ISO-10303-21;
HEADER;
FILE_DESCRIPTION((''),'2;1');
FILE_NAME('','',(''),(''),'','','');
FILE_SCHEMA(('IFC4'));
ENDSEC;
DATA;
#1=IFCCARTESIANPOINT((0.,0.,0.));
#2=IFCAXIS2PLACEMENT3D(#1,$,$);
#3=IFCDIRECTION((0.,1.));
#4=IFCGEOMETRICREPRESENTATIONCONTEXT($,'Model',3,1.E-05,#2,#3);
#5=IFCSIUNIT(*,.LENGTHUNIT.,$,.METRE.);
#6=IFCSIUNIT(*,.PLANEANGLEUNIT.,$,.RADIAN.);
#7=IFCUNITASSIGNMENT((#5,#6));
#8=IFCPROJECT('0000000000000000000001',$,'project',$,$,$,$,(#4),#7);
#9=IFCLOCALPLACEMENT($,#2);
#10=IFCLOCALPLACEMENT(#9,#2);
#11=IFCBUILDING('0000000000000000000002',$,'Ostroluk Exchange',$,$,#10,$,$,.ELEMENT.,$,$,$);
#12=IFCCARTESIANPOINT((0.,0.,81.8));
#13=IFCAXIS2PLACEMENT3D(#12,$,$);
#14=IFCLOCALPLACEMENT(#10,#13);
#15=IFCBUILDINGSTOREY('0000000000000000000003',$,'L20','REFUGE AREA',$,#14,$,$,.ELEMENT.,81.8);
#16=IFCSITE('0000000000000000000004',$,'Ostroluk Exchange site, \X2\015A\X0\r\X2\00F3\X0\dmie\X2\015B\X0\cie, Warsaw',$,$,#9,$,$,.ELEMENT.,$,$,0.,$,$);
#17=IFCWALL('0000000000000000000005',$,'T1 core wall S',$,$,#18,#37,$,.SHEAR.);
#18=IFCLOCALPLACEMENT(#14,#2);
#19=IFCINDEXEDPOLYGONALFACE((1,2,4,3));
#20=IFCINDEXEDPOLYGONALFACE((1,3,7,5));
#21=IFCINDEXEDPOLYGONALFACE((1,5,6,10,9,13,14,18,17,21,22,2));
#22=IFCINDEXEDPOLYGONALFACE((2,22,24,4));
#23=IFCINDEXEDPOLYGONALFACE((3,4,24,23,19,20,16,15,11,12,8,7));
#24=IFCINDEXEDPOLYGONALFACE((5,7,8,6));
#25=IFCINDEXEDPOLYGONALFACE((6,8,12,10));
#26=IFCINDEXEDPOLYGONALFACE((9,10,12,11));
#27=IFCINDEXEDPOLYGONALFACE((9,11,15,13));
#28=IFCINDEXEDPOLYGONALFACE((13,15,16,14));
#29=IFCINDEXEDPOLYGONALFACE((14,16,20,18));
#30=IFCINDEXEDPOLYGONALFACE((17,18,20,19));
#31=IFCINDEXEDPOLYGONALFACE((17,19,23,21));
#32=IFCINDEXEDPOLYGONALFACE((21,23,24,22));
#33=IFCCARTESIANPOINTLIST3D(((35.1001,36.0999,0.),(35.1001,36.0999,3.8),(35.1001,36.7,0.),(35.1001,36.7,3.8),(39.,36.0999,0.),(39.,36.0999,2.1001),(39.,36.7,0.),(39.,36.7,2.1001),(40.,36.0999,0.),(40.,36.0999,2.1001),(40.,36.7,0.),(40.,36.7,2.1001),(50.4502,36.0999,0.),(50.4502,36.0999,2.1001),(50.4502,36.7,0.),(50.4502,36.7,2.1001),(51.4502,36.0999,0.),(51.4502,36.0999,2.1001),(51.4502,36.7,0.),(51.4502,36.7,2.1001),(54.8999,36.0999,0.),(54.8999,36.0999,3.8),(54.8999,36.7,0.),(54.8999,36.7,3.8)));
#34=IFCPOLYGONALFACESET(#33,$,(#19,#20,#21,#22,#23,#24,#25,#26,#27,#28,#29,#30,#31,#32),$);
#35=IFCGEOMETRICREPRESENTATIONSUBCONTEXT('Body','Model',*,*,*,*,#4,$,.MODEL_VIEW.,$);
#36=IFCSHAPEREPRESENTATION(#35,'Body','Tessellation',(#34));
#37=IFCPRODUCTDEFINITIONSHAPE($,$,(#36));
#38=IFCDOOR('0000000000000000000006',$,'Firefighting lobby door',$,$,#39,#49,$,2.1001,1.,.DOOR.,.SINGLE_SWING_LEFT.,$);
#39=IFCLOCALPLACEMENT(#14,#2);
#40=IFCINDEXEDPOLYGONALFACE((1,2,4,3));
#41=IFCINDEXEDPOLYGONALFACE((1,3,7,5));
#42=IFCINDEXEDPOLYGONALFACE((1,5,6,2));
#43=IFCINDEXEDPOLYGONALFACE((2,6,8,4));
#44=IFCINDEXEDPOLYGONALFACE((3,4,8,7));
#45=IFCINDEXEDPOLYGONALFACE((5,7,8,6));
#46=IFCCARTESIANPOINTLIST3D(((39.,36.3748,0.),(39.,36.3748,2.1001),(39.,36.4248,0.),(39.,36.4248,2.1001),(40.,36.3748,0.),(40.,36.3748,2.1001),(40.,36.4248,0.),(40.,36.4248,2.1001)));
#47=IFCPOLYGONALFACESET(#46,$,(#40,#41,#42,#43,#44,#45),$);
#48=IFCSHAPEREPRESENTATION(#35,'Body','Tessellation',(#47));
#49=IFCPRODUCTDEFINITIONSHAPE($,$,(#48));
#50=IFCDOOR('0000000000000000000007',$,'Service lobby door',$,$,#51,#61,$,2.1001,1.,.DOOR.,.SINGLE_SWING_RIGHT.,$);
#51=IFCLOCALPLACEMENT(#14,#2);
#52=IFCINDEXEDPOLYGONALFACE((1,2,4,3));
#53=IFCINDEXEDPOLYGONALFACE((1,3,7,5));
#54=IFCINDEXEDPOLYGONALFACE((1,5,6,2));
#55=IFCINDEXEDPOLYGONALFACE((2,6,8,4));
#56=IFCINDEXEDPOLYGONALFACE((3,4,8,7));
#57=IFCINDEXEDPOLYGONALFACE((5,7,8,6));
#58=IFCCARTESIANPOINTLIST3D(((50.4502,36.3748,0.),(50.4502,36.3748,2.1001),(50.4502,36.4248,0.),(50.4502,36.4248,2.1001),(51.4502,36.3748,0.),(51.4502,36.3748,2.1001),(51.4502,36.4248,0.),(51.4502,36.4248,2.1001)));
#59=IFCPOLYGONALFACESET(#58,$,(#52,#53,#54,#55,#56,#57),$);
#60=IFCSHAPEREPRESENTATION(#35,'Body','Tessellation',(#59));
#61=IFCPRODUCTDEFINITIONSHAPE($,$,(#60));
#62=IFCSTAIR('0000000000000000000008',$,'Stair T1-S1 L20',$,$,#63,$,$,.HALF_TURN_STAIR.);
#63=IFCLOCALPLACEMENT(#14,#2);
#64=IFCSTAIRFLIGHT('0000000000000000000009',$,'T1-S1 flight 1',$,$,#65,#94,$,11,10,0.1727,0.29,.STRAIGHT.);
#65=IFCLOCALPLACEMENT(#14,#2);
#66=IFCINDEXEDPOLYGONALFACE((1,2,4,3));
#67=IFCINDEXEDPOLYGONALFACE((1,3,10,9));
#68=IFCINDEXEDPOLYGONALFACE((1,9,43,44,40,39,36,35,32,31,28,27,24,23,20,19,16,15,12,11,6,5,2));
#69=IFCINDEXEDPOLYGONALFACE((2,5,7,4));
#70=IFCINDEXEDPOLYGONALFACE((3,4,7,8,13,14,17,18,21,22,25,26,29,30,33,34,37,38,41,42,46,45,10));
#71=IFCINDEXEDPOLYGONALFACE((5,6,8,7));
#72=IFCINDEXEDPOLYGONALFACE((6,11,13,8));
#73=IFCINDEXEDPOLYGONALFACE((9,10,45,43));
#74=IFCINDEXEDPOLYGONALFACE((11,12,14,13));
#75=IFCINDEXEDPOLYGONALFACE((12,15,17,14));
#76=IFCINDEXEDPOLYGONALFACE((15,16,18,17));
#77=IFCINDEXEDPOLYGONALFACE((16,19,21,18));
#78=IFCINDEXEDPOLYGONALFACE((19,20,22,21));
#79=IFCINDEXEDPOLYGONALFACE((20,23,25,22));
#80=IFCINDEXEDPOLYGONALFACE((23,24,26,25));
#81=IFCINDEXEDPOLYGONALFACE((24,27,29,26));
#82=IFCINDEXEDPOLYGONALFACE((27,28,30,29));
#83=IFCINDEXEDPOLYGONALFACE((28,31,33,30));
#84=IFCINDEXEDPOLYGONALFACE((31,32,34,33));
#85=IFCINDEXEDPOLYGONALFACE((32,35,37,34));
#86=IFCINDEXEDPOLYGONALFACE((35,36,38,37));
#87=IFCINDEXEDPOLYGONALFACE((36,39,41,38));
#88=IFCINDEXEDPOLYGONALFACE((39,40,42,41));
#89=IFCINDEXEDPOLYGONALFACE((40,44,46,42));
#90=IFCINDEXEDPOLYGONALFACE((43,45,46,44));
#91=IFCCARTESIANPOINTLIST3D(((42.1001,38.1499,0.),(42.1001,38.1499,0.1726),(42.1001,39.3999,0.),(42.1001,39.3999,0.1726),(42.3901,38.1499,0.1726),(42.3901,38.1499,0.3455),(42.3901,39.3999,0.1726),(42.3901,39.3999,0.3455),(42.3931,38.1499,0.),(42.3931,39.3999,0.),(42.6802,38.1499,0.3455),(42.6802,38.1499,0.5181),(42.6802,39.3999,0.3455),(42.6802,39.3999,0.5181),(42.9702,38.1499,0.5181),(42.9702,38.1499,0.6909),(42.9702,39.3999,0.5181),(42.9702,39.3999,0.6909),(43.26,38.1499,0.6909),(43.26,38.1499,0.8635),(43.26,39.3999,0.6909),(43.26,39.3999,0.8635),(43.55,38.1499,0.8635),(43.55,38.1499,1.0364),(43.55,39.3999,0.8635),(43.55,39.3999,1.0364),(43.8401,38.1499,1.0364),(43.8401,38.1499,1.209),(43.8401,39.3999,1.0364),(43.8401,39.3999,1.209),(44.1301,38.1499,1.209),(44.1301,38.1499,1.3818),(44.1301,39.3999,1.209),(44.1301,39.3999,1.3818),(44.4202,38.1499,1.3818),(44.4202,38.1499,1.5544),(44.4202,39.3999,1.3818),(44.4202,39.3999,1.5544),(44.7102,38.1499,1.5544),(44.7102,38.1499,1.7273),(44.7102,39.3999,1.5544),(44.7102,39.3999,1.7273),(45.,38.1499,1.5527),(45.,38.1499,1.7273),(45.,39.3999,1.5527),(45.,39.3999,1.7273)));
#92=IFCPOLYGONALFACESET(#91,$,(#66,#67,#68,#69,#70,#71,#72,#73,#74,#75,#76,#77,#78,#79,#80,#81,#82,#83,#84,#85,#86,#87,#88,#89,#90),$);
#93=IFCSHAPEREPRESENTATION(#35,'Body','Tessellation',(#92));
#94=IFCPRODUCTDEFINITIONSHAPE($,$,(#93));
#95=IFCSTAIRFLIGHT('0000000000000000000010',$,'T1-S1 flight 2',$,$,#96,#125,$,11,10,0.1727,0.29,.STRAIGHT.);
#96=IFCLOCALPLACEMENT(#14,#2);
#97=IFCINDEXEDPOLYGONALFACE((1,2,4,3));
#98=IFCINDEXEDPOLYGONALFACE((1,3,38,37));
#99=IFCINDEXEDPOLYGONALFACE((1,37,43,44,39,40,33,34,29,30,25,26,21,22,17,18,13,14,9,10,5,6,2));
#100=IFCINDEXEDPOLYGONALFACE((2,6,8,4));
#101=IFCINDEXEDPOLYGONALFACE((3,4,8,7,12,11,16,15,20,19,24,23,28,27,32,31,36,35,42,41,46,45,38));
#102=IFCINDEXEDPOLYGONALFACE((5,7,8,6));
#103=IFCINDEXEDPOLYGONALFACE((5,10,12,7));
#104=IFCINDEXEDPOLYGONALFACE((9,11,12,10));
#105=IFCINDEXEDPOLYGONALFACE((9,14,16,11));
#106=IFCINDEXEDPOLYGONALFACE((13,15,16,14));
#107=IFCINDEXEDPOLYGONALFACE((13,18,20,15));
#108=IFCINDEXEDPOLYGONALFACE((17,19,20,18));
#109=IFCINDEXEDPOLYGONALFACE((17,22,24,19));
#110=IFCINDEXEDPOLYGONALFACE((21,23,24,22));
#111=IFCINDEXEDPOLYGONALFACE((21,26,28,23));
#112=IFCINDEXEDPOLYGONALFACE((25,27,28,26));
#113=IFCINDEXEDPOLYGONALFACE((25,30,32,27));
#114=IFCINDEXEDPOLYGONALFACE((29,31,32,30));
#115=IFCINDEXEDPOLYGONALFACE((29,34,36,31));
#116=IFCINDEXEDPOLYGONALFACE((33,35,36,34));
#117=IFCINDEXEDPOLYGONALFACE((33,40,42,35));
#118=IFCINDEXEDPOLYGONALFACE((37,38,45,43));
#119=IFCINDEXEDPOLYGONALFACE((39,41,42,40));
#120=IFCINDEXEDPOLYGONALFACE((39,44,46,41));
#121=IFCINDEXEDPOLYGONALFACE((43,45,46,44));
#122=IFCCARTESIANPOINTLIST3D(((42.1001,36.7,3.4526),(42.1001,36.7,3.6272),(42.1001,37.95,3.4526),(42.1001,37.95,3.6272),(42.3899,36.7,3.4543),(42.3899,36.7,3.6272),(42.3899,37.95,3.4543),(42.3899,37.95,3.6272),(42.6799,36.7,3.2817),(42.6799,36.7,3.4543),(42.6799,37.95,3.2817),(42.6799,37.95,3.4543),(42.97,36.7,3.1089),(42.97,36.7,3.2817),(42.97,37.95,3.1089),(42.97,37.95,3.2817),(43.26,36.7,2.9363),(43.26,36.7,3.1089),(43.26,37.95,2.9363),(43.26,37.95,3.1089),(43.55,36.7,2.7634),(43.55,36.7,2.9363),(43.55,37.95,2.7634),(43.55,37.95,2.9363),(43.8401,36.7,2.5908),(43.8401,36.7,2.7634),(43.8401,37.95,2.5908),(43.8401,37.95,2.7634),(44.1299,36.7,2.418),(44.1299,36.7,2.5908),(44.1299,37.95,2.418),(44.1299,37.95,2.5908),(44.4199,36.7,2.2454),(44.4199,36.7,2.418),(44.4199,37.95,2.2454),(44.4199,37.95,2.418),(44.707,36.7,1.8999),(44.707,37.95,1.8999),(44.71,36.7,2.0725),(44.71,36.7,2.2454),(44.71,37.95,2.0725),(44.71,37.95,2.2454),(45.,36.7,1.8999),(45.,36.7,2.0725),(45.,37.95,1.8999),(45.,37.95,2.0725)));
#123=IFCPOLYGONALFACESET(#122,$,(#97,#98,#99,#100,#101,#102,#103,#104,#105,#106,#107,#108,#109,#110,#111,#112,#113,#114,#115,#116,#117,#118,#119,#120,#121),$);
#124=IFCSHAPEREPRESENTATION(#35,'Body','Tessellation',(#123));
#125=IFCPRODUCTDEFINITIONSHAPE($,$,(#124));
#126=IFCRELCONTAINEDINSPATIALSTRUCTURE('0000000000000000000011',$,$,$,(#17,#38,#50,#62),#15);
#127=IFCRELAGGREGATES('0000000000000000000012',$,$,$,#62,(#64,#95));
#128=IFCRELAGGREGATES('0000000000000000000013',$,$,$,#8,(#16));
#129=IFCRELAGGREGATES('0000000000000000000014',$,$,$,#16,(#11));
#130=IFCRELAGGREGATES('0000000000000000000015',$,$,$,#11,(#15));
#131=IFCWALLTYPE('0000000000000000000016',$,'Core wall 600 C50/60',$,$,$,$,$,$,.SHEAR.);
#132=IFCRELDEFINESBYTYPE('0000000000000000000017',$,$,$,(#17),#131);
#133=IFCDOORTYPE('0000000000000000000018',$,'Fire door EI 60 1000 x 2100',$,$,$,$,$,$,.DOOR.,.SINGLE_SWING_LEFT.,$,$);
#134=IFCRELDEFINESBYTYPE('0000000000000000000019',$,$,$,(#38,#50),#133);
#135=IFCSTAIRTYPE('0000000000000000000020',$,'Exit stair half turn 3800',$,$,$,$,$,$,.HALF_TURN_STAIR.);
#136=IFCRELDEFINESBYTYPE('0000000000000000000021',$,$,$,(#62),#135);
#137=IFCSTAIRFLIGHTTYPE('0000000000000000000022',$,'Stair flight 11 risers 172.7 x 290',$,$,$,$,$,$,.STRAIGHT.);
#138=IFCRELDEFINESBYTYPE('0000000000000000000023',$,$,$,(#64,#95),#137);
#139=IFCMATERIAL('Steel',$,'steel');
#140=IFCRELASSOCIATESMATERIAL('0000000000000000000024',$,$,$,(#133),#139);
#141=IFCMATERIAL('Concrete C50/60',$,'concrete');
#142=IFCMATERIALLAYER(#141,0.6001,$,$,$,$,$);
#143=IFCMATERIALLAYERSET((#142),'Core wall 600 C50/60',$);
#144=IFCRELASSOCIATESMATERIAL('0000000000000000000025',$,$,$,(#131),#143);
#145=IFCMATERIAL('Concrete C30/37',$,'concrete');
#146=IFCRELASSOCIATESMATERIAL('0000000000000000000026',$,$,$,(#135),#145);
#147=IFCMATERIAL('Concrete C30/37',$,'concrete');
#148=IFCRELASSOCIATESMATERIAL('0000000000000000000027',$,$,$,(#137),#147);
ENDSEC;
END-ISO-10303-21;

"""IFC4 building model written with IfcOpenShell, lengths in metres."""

from ifc_helpers import new_model, si_unit, direction, frame, frame_2d, origin, place, context, subcontext, project, spatial, polyline, rectangle, outline, extrude, material, layer, layer_set, type_object, element, fill, aggregate, save


model = new_model("IFC4")

# Units and contexts
model_context = context("Model", 3, precision=1e-05, world=origin(), true_north=direction((0.0, 1.0)))
body_context = subcontext(model_context, "Body", "Model", "MODEL_VIEW")
ifc_project = project(units=[si_unit("LENGTHUNIT", "METRE"), si_unit("PLANEANGLEUNIT", "RADIAN")], contexts=[model_context])

# Site, building, storey
site_placement = place(None, origin())
site = spatial("IfcSite", under=ifc_project, at=site_placement, Name="Ostroluk Exchange site, Śródmieście, Warsaw", CompositionType="ELEMENT", RefElevation=0.0)
building_placement = place(site_placement, origin())
building = spatial("IfcBuilding", under=site, at=building_placement, Name="Ostroluk Exchange", CompositionType="ELEMENT")
storey_placement = place(building_placement, frame((0.0, 0.0, 81.8)))
storey = spatial("IfcBuildingStorey", under=building, at=storey_placement, Name="L20", Description="REFUGE AREA", CompositionType="ELEMENT", Elevation=81.8)

# Shared definitions
ifc_material_1 = material(Name="Steel", Category="steel")
door_type_1 = type_object("IfcDoorType", Name="Fire door EI 60 1000 x 2100", OperationType="SINGLE_SWING_LEFT", PredefinedType="DOOR", material=ifc_material_1)

# Wall, openings, doors
ifc_material_2 = material(Name="Concrete C50/60", Category="concrete")
ifc_layer_1 = layer(ifc_material_2, 0.6001)
ifc_layer_set_1 = layer_set([ifc_layer_1], Name="Core wall 600 C50/60")
wall_type_1 = type_object("IfcWallType", Name="Core wall 600 C50/60", PredefinedType="SHEAR", material=ifc_layer_set_1)
wall_1_placement = place(storey_placement, frame((35.1001, 36.3999, 0.0), z_axis=(0.0, 0.0, 1.0), x_axis=(1.0, 0.0, 0.0)))
wall_1 = element("IfcWall", 1, at=wall_1_placement, inside=storey, type_object=wall_type_1, Name="T1 core wall S", PredefinedType="SHEAR", context=body_context, shape_type="SweptSolid", body=[
    extrude(rectangle(XDim=19.7998, YDim=0.6001, at=frame_2d((9.8999, 0.0))), origin(), (0.0, 0.0, 1.0), 3.8),
])
opening_1_placement = place(wall_1_placement, frame((3.8999, 0.0, 0.0)))
opening_1 = element("IfcOpeningElement", 2, at=opening_1_placement, cuts=wall_1, PredefinedType="OPENING", context=body_context, shape_type="SweptSolid", body=[
    extrude(rectangle(XDim=1.0, YDim=2.1001, at=frame_2d((0.5, 1.05))), frame((0.0, 0.3101, 0.0), z_axis=(0.0, -1.0, 0.0), x_axis=(1.0, 0.0, 0.0)), (0.0, 0.0, 1.0), 0.6201),
])
opening_2_placement = place(wall_1_placement, frame((15.3501, 0.0, 0.0)))
opening_2 = element("IfcOpeningElement", 3, at=opening_2_placement, cuts=wall_1, PredefinedType="OPENING", context=body_context, shape_type="SweptSolid", body=[
    extrude(rectangle(XDim=1.0, YDim=2.1001, at=frame_2d((0.5, 1.05))), frame((0.0, 0.3101, 0.0), z_axis=(0.0, -1.0, 0.0), x_axis=(1.0, 0.0, 0.0)), (0.0, 0.0, 1.0), 0.6201),
])
door_1_placement = place(opening_1_placement, origin())
door_1 = element("IfcDoor", 4, at=door_1_placement, inside=storey, type_object=door_type_1, Name="Firefighting lobby door", OperationType="SINGLE_SWING_LEFT", OverallHeight=2.1001, OverallWidth=1.0, PredefinedType="DOOR", context=body_context, shape_type="SweptSolid", body=[
    extrude(rectangle(XDim=1.0, YDim=2.1001, at=frame_2d((0.5, 1.05))), frame((0.0, 0.0249, 0.0), z_axis=(0.0, -1.0, 0.0), x_axis=(1.0, 0.0, 0.0)), (0.0, 0.0, 1.0), 0.05),
])
fill(opening_1, door_1)
door_2_placement = place(opening_2_placement, origin())
door_2 = element("IfcDoor", 5, at=door_2_placement, inside=storey, type_object=door_type_1, Name="Service lobby door", OperationType="SINGLE_SWING_RIGHT", OverallHeight=2.1001, OverallWidth=1.0, PredefinedType="DOOR", context=body_context, shape_type="SweptSolid", body=[
    extrude(rectangle(XDim=1.0, YDim=2.1001, at=frame_2d((0.5, 1.05))), frame((0.0, 0.0249, 0.0), z_axis=(0.0, -1.0, 0.0), x_axis=(1.0, 0.0, 0.0)), (0.0, 0.0, 1.0), 0.05),
])
fill(opening_2, door_2)

# Stair, stair flights
ifc_material_3 = material(Name="Concrete C30/37", Category="concrete")
stair_type = type_object("IfcStairType", Name="Exit stair half turn 3800", PredefinedType="HALF_TURN_STAIR", material=ifc_material_3)
stair_placement = place(storey_placement, origin())
stair = element("IfcStair", 6, at=stair_placement, inside=storey, type_object=stair_type, Name="Stair T1-S1 L20", PredefinedType="HALF_TURN_STAIR")
ifc_material_4 = material(Name="Concrete C30/37", Category="concrete")
stair_flight_type = type_object("IfcStairFlightType", Name="Stair flight 11 risers 172.7 x 290", PredefinedType="STRAIGHT", material=ifc_material_4)
stair_flight_1_placement = place(storey_placement, frame((42.1001, 38.7749, 0.0), z_axis=(0.0, 0.0, 1.0), x_axis=(1.0, 0.0, 0.0)))
stair_flight_1 = element("IfcStairFlight", 7, at=stair_flight_1_placement, type_object=stair_flight_type, Name="T1-S1 flight 1", NumberOfRisers=11, NumberOfTreads=10, PredefinedType="STRAIGHT", RiserHeight=0.1727, TreadLength=0.29, context=body_context, shape_type="SweptSolid", body=[
    extrude(outline(polyline([(0.0, 0.0), (0.0, 0.1726), (0.29, 0.1726), (0.29, 0.3455), (0.5801, 0.3455), (0.5801, 0.5181), (0.8701, 0.5181), (0.8701, 0.6909), (1.1599, 0.6909), (1.1599, 0.8635), (1.45, 0.8635), (1.45, 1.0364), (1.74, 1.0364), (1.74, 1.209), (2.03, 1.209), (2.03, 1.3818), (2.3201, 1.3818), (2.3201, 1.5544), (2.6101, 1.5544), (2.6101, 1.7273), (2.8999, 1.7273), (2.8999, 1.8999), (2.8999, 1.5527), (0.293, 0.0), (0.0, 0.0)])), frame((0.0, 0.625, 0.0), z_axis=(0.0, -1.0, 0.0), x_axis=(1.0, 0.0, 0.0)), (0.0, 0.0, 1.0), 1.25),
])
stair_flight_2_placement = place(storey_placement, frame((45.0, 37.325, 1.8999), z_axis=(0.0, 0.0, 1.0), x_axis=(-1.0, 0.0, 0.0)))
stair_flight_2 = element("IfcStairFlight", 8, at=stair_flight_2_placement, type_object=stair_flight_type, Name="T1-S1 flight 2", NumberOfRisers=11, NumberOfTreads=10, PredefinedType="STRAIGHT", RiserHeight=0.1727, TreadLength=0.29, context=body_context, shape_type="SweptSolid", body=[
    extrude(outline(polyline([(0.0, 0.0), (0.0, 0.1726), (0.29, 0.1726), (0.29, 0.3455), (0.5801, 0.3455), (0.5801, 0.5181), (0.8701, 0.5181), (0.8701, 0.6909), (1.1599, 0.6909), (1.1599, 0.8635), (1.45, 0.8635), (1.45, 1.0364), (1.74, 1.0364), (1.74, 1.209), (2.03, 1.209), (2.03, 1.3818), (2.3201, 1.3818), (2.3201, 1.5544), (2.6101, 1.5544), (2.6101, 1.7273), (2.8999, 1.7273), (2.8999, 1.8999), (2.8999, 1.5527), (0.293, 0.0), (0.0, 0.0)])), frame((0.0, 0.625, 0.0), z_axis=(0.0, -1.0, 0.0), x_axis=(1.0, 0.0, 0.0)), (0.0, 0.0, 1.0), 1.25),
])
aggregate(stair, [stair_flight_1, stair_flight_2])

save(model, "model.ifc")
